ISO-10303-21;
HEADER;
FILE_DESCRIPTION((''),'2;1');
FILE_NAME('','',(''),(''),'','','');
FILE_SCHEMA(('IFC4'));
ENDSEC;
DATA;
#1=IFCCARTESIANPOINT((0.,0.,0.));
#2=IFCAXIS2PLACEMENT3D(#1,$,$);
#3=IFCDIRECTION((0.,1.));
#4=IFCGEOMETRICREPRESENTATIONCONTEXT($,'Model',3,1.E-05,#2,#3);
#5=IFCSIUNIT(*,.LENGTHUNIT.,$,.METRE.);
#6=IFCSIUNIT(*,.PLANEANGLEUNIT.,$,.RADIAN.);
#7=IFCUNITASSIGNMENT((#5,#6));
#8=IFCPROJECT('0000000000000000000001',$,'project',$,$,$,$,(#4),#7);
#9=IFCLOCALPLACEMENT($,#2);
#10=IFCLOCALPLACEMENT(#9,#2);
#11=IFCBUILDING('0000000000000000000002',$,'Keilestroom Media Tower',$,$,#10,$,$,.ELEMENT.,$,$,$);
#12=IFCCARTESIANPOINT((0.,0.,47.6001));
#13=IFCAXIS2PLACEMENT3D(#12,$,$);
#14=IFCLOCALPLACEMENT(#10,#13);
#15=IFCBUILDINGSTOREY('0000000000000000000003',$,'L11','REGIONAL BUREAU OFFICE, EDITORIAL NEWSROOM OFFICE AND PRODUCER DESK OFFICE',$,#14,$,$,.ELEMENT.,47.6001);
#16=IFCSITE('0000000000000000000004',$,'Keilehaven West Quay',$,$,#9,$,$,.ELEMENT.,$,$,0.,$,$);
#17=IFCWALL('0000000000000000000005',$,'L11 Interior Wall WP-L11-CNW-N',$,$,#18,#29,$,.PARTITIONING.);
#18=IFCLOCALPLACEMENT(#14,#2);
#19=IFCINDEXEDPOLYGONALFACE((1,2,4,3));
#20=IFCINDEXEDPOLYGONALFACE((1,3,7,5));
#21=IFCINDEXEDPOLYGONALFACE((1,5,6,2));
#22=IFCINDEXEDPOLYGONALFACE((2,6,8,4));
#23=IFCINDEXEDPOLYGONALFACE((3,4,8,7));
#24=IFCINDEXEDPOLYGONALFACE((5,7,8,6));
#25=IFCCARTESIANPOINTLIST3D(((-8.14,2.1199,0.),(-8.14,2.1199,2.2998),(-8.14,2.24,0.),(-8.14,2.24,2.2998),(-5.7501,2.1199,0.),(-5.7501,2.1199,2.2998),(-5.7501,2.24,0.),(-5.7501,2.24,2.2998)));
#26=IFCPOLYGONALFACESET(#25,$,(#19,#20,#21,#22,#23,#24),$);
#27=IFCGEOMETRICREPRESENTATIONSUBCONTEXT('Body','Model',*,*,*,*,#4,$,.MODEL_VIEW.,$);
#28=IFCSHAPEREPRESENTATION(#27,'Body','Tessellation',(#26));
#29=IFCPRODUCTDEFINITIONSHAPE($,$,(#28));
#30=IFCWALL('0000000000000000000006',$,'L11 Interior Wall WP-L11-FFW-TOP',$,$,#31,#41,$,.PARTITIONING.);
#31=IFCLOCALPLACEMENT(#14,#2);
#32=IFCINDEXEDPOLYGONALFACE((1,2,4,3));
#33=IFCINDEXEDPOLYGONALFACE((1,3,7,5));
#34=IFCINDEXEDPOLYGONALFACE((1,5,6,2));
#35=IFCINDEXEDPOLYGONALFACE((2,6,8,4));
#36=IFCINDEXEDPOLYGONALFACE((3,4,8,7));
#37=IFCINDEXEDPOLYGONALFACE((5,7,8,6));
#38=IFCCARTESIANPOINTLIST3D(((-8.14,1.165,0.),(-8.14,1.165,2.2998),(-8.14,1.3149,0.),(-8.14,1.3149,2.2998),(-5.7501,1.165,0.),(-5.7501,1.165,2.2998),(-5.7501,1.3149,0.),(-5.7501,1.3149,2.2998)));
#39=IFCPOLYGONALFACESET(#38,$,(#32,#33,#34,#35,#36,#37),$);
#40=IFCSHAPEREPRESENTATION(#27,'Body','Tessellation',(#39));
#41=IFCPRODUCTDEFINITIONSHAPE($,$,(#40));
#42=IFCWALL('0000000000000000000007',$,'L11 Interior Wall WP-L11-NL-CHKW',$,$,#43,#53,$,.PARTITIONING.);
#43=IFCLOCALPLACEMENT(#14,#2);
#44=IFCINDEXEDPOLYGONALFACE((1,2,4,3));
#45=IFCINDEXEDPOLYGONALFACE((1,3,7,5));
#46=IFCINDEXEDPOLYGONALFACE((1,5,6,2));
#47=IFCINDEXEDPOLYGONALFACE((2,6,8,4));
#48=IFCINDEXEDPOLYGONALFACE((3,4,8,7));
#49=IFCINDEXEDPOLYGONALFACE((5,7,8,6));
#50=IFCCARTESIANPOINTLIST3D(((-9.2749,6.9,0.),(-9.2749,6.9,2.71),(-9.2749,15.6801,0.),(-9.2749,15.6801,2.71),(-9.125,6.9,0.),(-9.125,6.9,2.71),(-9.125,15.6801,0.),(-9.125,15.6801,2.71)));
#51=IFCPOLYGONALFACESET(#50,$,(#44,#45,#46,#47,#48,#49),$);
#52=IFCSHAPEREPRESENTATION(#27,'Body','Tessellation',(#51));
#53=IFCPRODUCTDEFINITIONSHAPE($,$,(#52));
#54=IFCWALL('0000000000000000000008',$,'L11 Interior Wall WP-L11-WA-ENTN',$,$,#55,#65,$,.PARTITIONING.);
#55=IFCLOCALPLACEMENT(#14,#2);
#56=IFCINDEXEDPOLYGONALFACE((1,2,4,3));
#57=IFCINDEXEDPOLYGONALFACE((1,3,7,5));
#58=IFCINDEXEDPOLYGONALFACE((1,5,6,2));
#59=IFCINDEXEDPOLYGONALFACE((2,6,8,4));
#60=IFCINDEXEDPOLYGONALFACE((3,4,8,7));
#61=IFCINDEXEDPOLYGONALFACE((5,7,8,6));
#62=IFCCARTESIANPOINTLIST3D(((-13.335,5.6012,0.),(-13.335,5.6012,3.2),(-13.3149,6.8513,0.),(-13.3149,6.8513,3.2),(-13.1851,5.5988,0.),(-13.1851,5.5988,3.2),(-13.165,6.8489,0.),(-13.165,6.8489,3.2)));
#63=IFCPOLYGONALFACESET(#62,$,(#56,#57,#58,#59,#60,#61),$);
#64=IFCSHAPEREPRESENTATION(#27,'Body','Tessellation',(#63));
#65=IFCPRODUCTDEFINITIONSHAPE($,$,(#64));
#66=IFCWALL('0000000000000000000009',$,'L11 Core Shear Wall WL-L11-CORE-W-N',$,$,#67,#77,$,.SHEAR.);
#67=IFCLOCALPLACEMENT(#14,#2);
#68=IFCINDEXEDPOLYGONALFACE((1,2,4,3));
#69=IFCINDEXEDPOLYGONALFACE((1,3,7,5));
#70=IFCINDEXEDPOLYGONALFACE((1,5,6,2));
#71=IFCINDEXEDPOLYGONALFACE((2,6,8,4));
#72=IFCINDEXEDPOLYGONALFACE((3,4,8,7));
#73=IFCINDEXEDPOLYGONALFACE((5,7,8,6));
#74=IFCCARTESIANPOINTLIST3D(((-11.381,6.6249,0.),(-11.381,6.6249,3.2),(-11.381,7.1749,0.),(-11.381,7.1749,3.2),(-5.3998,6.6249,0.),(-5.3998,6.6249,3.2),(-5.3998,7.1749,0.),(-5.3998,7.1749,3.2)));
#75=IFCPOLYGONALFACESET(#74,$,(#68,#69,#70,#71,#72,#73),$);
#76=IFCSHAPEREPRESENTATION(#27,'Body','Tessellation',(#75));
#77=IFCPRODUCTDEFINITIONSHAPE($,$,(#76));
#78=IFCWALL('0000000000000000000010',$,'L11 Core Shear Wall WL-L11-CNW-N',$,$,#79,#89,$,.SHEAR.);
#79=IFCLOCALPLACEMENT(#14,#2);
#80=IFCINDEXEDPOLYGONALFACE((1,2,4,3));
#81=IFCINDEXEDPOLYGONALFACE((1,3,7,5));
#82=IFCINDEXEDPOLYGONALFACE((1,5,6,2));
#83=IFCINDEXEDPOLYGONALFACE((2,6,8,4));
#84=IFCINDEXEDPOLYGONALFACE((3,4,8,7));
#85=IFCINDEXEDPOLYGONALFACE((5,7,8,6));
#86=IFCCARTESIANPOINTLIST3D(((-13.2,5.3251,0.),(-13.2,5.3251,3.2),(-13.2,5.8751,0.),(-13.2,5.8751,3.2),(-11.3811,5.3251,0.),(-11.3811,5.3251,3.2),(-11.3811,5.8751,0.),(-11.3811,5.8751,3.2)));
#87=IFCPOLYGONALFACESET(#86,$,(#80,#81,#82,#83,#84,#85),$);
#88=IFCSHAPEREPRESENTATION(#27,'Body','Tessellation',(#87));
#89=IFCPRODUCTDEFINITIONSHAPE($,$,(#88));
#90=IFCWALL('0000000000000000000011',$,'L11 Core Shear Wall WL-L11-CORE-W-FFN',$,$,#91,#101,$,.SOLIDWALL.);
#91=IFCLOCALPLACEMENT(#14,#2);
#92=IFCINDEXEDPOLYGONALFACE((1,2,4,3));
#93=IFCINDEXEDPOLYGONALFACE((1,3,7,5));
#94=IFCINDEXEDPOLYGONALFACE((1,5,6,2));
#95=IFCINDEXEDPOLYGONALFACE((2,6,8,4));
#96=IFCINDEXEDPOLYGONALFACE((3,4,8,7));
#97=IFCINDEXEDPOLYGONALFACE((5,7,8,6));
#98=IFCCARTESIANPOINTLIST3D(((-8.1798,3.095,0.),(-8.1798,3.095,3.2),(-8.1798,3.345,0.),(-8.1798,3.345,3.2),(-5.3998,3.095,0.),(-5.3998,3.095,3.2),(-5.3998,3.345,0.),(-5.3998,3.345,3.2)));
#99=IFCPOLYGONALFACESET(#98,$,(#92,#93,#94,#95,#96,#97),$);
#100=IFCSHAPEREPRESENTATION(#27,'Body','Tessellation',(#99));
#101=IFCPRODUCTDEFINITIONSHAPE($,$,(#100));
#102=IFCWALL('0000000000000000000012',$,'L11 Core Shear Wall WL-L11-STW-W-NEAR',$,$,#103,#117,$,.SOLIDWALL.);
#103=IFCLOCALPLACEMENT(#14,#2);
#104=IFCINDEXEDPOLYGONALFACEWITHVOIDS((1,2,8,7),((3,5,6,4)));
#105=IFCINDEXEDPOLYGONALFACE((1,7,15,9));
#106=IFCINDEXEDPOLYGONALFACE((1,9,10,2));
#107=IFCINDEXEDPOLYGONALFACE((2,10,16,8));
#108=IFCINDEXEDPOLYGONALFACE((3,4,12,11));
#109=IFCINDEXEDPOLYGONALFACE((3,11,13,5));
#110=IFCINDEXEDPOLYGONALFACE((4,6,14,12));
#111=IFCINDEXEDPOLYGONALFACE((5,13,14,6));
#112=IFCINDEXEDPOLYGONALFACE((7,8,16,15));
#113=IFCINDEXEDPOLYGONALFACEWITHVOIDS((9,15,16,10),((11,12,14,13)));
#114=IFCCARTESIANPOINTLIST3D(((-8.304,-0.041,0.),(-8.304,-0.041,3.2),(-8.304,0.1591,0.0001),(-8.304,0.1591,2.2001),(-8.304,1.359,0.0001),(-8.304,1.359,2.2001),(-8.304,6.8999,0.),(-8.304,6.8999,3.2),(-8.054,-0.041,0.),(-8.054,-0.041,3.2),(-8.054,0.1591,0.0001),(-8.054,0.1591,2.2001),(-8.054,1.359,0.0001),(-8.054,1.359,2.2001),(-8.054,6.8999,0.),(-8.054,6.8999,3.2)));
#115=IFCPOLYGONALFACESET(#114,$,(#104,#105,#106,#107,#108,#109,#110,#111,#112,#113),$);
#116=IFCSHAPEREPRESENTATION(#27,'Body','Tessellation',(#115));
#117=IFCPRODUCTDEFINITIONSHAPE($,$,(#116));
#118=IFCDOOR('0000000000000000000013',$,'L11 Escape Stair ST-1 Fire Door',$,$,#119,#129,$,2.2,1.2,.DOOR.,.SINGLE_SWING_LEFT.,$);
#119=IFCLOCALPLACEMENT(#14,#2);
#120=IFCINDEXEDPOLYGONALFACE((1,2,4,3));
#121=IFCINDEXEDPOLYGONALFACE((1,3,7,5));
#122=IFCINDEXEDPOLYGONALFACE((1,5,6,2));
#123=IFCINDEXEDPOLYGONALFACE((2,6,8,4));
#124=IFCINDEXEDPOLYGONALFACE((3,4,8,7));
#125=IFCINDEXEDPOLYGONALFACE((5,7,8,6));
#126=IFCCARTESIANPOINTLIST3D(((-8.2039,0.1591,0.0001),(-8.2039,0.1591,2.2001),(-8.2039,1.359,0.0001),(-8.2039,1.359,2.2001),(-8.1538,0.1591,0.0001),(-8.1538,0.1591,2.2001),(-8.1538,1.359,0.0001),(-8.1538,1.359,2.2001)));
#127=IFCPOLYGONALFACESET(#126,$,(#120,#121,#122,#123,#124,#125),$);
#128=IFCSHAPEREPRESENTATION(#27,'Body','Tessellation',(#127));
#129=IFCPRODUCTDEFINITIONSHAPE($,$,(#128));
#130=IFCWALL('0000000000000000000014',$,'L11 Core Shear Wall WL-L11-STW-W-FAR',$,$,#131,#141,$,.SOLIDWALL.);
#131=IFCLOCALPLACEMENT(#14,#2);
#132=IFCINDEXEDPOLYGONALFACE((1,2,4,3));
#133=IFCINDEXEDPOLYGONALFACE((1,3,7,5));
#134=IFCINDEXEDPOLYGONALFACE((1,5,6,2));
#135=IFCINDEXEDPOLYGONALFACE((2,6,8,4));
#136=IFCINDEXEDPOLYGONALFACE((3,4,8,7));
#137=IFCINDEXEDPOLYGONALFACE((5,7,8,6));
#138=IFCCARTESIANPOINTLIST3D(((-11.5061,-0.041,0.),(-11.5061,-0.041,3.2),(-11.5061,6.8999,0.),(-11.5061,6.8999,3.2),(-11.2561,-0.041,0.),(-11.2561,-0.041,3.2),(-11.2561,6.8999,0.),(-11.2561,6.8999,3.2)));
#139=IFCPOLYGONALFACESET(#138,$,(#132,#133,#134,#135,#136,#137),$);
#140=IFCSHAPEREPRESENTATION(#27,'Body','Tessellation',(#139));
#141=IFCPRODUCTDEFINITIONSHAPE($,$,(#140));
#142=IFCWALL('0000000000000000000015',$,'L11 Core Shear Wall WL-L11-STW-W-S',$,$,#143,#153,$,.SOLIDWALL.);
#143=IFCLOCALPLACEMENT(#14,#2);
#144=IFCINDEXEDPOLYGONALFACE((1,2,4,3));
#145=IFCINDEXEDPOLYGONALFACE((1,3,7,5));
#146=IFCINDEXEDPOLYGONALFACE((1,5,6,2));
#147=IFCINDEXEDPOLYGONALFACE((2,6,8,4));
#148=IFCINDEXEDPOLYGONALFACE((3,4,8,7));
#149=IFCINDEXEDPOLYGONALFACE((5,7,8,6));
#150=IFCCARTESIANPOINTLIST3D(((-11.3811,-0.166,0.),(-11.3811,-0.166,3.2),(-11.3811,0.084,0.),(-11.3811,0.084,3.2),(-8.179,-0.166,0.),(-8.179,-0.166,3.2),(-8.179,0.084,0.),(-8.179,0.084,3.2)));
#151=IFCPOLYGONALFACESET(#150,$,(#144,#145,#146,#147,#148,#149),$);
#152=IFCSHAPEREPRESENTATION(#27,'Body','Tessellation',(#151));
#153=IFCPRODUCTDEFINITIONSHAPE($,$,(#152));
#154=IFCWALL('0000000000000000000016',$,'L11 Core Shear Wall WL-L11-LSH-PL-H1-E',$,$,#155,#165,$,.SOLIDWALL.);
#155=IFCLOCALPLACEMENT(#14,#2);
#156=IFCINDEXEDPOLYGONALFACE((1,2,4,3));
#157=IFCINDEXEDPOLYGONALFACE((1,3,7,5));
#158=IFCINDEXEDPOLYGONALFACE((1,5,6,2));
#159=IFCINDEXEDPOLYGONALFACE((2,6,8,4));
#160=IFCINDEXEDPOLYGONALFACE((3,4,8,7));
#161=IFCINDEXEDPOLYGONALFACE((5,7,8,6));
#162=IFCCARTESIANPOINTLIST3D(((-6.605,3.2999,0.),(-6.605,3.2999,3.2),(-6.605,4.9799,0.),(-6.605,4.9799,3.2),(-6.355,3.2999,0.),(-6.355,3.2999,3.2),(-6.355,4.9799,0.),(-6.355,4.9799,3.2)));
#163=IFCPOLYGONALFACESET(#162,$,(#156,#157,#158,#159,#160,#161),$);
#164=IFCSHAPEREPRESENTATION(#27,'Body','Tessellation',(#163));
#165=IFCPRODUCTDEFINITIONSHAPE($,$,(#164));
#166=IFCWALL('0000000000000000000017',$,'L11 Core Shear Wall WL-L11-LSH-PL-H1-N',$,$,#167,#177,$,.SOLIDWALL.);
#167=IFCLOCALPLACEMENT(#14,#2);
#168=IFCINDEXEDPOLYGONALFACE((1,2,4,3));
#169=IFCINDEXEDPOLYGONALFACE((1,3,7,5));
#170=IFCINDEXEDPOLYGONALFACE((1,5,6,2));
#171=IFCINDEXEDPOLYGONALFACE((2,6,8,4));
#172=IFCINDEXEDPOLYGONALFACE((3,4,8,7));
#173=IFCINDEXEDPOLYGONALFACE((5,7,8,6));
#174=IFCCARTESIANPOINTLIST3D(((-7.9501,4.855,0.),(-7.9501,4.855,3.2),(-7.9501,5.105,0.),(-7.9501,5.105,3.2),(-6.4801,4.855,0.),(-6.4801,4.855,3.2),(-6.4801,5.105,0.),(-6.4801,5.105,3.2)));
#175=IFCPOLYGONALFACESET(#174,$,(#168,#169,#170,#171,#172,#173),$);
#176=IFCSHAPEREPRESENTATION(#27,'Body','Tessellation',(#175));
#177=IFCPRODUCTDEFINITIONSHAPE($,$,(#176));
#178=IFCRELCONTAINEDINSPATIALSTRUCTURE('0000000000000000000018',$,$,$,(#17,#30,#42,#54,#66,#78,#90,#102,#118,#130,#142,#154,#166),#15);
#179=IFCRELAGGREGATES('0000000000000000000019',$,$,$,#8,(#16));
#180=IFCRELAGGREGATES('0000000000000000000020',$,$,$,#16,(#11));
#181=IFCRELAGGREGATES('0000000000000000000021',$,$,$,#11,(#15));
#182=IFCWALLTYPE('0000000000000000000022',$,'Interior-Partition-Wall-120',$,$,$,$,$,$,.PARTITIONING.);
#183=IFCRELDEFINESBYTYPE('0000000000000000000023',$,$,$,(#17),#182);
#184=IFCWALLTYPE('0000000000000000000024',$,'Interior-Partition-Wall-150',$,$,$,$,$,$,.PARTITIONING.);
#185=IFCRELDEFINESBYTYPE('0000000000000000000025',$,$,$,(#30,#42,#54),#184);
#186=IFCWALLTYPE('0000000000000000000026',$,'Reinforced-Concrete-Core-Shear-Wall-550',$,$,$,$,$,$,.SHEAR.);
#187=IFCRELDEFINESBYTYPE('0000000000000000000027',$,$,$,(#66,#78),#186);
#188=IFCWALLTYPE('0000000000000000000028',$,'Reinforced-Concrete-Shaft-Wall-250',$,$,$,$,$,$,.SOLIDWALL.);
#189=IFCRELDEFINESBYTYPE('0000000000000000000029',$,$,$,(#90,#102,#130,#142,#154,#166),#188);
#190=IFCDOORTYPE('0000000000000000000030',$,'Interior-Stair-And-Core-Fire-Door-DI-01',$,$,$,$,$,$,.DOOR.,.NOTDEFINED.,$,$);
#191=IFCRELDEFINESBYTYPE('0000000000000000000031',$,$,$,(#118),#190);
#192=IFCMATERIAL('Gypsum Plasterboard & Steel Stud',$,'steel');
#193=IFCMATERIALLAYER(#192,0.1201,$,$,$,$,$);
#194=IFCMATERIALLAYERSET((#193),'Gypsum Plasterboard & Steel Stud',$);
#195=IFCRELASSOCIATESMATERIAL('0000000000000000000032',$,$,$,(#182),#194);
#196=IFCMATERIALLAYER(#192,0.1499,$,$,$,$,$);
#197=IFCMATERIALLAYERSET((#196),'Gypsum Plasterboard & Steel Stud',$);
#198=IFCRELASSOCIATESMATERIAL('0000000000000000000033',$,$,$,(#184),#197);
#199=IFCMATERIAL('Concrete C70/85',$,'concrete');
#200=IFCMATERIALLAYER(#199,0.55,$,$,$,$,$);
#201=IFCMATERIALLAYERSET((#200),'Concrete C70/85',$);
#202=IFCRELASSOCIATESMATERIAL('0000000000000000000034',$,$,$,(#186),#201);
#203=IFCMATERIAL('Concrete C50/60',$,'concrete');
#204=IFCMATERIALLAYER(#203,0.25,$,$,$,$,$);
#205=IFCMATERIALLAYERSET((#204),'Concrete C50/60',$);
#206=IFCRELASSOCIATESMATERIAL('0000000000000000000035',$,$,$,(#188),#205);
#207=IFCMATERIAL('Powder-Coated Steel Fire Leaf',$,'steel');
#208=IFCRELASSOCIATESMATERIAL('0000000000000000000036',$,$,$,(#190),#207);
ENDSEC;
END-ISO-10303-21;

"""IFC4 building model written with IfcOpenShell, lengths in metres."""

from ifc_helpers import new_model, si_unit, direction, frame, frame_2d, origin, place, context, subcontext, project, spatial, rectangle, extrude, source, transform, mapped, material, layer, layer_set, type_object, element, fill, save


model = new_model("IFC4")

# Units and contexts
model_context = context("Model", 3, precision=1e-05, world=origin(), true_north=direction((0.0, 1.0)))
body_context = subcontext(model_context, "Body", "Model", "MODEL_VIEW")
ifc_project = project(units=[si_unit("LENGTHUNIT", "METRE"), si_unit("PLANEANGLEUNIT", "RADIAN")], contexts=[model_context])

# Site, building, storey
site_placement = place(None, origin())
site = spatial("IfcSite", under=ifc_project, at=site_placement, Name="Keilehaven West Quay", CompositionType="ELEMENT", RefElevation=0.0)
building_placement = place(site_placement, origin())
building = spatial("IfcBuilding", under=site, at=building_placement, Name="Keilestroom Media Tower", CompositionType="ELEMENT")
storey_placement = place(building_placement, frame((0.0, 0.0, 47.6001)))
storey = spatial("IfcBuildingStorey", under=building, at=storey_placement, Name="L11", Description="REGIONAL BUREAU OFFICE, EDITORIAL NEWSROOM OFFICE AND PRODUCER DESK OFFICE", CompositionType="ELEMENT", Elevation=47.6001)

# Shared definitions
ifc_material_1 = material(Name="Concrete C50/60", Category="concrete")

# Walls
ifc_material_2 = material(Name="Gypsum Plasterboard & Steel Stud", Category="steel")
ifc_layer_1 = layer(ifc_material_2, 0.1201)
ifc_layer_set_1 = layer_set([ifc_layer_1], Name="Gypsum Plasterboard & Steel Stud")
wall_type_1 = type_object("IfcWallType", Name="Interior-Partition-Wall-120", PredefinedType="PARTITIONING", material=ifc_layer_set_1)
wall_1_placement = place(storey_placement, frame((-8.1399, 2.1799, 0.0), z_axis=(0.0, 0.0, 1.0), x_axis=(1.0, 0.0, 0.0)))
element("IfcWall", 1, at=wall_1_placement, inside=storey, type_object=wall_type_1, Name="L11 Interior Wall WP-L11-CNW-N", PredefinedType="PARTITIONING", context=body_context, shape_type="SweptSolid", body=[
    extrude(rectangle(XDim=2.3899, YDim=0.1201, at=frame_2d((1.1948, 0.0))), origin(), (0.0, 0.0, 1.0), 2.2998),
])
ifc_layer_2 = layer(ifc_material_2, 0.1499)
ifc_layer_set_2 = layer_set([ifc_layer_2], Name="Gypsum Plasterboard & Steel Stud")
wall_type_2 = type_object("IfcWallType", Name="Interior-Partition-Wall-150", PredefinedType="PARTITIONING", material=ifc_layer_set_2)
wall_2_placement = place(storey_placement, frame((-8.1399, 1.24, 0.0), z_axis=(0.0, 0.0, 1.0), x_axis=(1.0, 0.0, 0.0)))
element("IfcWall", 2, at=wall_2_placement, inside=storey, type_object=wall_type_2, Name="L11 Interior Wall WP-L11-FFW-TOP", PredefinedType="PARTITIONING", context=body_context, shape_type="SweptSolid", body=[
    extrude(rectangle(XDim=2.3899, YDim=0.1499, at=frame_2d((1.1948, 0.0))), origin(), (0.0, 0.0, 1.0), 2.2998),
])
wall_3_placement = place(storey_placement, frame((-9.2, 6.8999, 0.0), z_axis=(0.0, 0.0, 1.0), x_axis=(0.0, 1.0, 0.0)))
element("IfcWall", 3, at=wall_3_placement, inside=storey, type_object=wall_type_2, Name="L11 Interior Wall WP-L11-NL-CHKW", PredefinedType="PARTITIONING", context=body_context, shape_type="SweptSolid", body=[
    extrude(rectangle(XDim=8.78, YDim=0.1499, at=frame_2d((4.3901, 0.0))), origin(), (0.0, 0.0, 1.0), 2.71),
])
wall_4_placement = place(storey_placement, frame((-13.26, 5.6001, 0.0), z_axis=(0.0, 0.0, 1.0), x_axis=(0.016014, 0.999872, 0.0)))
element("IfcWall", 4, at=wall_4_placement, inside=storey, type_object=wall_type_2, Name="L11 Interior Wall WP-L11-WA-ENTN", PredefinedType="PARTITIONING", context=body_context, shape_type="SweptSolid", body=[
    extrude(rectangle(XDim=1.2502, YDim=0.1499, at=frame_2d((0.625, 0.0))), origin(), (0.0, 0.0, 1.0), 3.2),
])
ifc_material_3 = material(Name="Concrete C70/85", Category="concrete")
ifc_layer_3 = layer(ifc_material_3, 0.55)
ifc_layer_set_3 = layer_set([ifc_layer_3], Name="Concrete C70/85")
wall_type_3 = type_object("IfcWallType", Name="Reinforced-Concrete-Core-Shear-Wall-550", PredefinedType="SHEAR", material=ifc_layer_set_3)
wall_5_placement = place(storey_placement, frame((-11.3811, 6.8999, 0.0), z_axis=(0.0, 0.0, 1.0), x_axis=(1.0, 0.0, 0.0)))
element("IfcWall", 5, at=wall_5_placement, inside=storey, type_object=wall_type_3, Name="L11 Core Shear Wall WL-L11-CORE-W-N", PredefinedType="SHEAR", context=body_context, shape_type="SweptSolid", body=[
    extrude(rectangle(XDim=5.9812, YDim=0.55, at=frame_2d((2.9907, 0.0))), origin(), (0.0, 0.0, 1.0), 3.2),
])
wall_6_placement = place(storey_placement, frame((-13.2, 5.6001, 0.0), z_axis=(0.0, 0.0, 1.0), x_axis=(1.0, 0.0, 0.0)))
element("IfcWall", 6, at=wall_6_placement, inside=storey, type_object=wall_type_3, Name="L11 Core Shear Wall WL-L11-CNW-N", PredefinedType="SHEAR", context=body_context, shape_type="SweptSolid", body=[
    extrude(rectangle(XDim=1.8188, YDim=0.55, at=frame_2d((0.9094, 0.0))), origin(), (0.0, 0.0, 1.0), 3.2),
])
ifc_layer_4 = layer(ifc_material_1, 0.25)
ifc_layer_set_4 = layer_set([ifc_layer_4], Name="Concrete C50/60")
wall_type_4 = type_object("IfcWallType", Name="Reinforced-Concrete-Shaft-Wall-250", PredefinedType="SOLIDWALL", material=ifc_layer_set_4)
wall_7_placement = place(storey_placement, frame((-8.1799, 3.22, 0.0), z_axis=(0.0, 0.0, 1.0), x_axis=(1.0, 0.0, 0.0)))
element("IfcWall", 7, at=wall_7_placement, inside=storey, type_object=wall_type_4, Name="L11 Core Shear Wall WL-L11-CORE-W-FFN", PredefinedType="SOLIDWALL", context=body_context, shape_type="SweptSolid", body=[
    extrude(rectangle(XDim=2.78, YDim=0.25, at=frame_2d((1.3901, 0.0))), origin(), (0.0, 0.0, 1.0), 3.2),
])

# Wall, opening, door
wall_8_placement = place(storey_placement, frame((-8.179, -0.041, 0.0), z_axis=(0.0, 0.0, 1.0), x_axis=(0.0, 1.0, 0.0)))
wall_8 = element("IfcWall", 8, at=wall_8_placement, inside=storey, type_object=wall_type_4, Name="L11 Core Shear Wall WL-L11-STW-W-NEAR", PredefinedType="SOLIDWALL", context=body_context, shape_type="SweptSolid", body=[
    extrude(rectangle(XDim=6.9409, YDim=0.25, at=frame_2d((3.4705, 0.0))), origin(), (0.0, 0.0, 1.0), 3.2),
])
opening_placement = place(wall_8_placement, frame((0.2, 0.0, 0.0)))
opening = element("IfcOpeningElement", 9, at=opening_placement, cuts=wall_8, PredefinedType="OPENING", context=body_context, shape_type="SweptSolid", body=[
    extrude(rectangle(XDim=1.2, YDim=2.2, at=frame_2d((0.6001, 1.1001))), frame((0.0, 0.135, 0.0), z_axis=(0.0, -1.0, 0.0), x_axis=(1.0, 0.0, 0.0)), (0.0, 0.0, 1.0), 0.27),
])
ifc_material_4 = material(Name="Powder-Coated Steel Fire Leaf", Category="steel")
door_type = type_object("IfcDoorType", Name="Interior-Stair-And-Core-Fire-Door-DI-01", OperationType="NOTDEFINED", PredefinedType="DOOR", material=ifc_material_4)
shared_shape_1 = source(origin(), body_context, "Body", "SweptSolid", [
    extrude(rectangle(XDim=1.2, YDim=2.2, at=frame_2d((0.6001, 1.1001))), frame((0.0, 0.0249, 0.0), z_axis=(0.0, -1.0, 0.0), x_axis=(1.0, 0.0, 0.0)), (0.0, 0.0, 1.0), 0.05),
])
door_placement = place(opening_placement, origin())
door = element("IfcDoor", 10, at=door_placement, inside=storey, type_object=door_type, Name="L11 Escape Stair ST-1 Fire Door", OperationType="SINGLE_SWING_LEFT", OverallHeight=2.2, OverallWidth=1.2, PredefinedType="DOOR", context=body_context, shape_type="MappedRepresentation", body=[
    mapped(shared_shape_1, transform((0.0, 0.0, 0.0), x_axis=(1.0, 0.0, 0.0), y_axis=(0.0, 1.0, 0.0), z_axis=(0.0, 0.0, 1.0), scale=1.0)),
])
fill(opening, door)

# Walls
wall_9_placement = place(storey_placement, frame((-11.3811, -0.041, 0.0), z_axis=(0.0, 0.0, 1.0), x_axis=(0.0, 1.0, 0.0)))
element("IfcWall", 11, at=wall_9_placement, inside=storey, type_object=wall_type_4, Name="L11 Core Shear Wall WL-L11-STW-W-FAR", PredefinedType="SOLIDWALL", context=body_context, shape_type="SweptSolid", body=[
    extrude(rectangle(XDim=6.9409, YDim=0.25, at=frame_2d((3.4705, 0.0))), origin(), (0.0, 0.0, 1.0), 3.2),
])
wall_10_placement = place(storey_placement, frame((-11.3811, -0.041, 0.0), z_axis=(0.0, 0.0, 1.0), x_axis=(1.0, 0.0, 0.0)))
element("IfcWall", 12, at=wall_10_placement, inside=storey, type_object=wall_type_4, Name="L11 Core Shear Wall WL-L11-STW-W-S", PredefinedType="SOLIDWALL", context=body_context, shape_type="SweptSolid", body=[
    extrude(rectangle(XDim=3.2021, YDim=0.25, at=frame_2d((1.6011, 0.0))), origin(), (0.0, 0.0, 1.0), 3.2),
])
wall_11_placement = place(storey_placement, frame((-6.48, 3.3, 0.0), z_axis=(0.0, 0.0, 1.0), x_axis=(0.0, 1.0, 0.0)))
element("IfcWall", 13, at=wall_11_placement, inside=storey, type_object=wall_type_4, Name="L11 Core Shear Wall WL-L11-LSH-PL-H1-E", PredefinedType="SOLIDWALL", context=body_context, shape_type="SweptSolid", body=[
    extrude(rectangle(XDim=1.6799, YDim=0.25, at=frame_2d((0.8398, 0.0))), origin(), (0.0, 0.0, 1.0), 3.2),
])
wall_12_placement = place(storey_placement, frame((-7.95, 4.98, 0.0), z_axis=(0.0, 0.0, 1.0), x_axis=(1.0, 0.0, 0.0)))
element("IfcWall", 14, at=wall_12_placement, inside=storey, type_object=wall_type_4, Name="L11 Core Shear Wall WL-L11-LSH-PL-H1-N", PredefinedType="SOLIDWALL", context=body_context, shape_type="SweptSolid", body=[
    extrude(rectangle(XDim=1.47, YDim=0.25, at=frame_2d((0.7349, 0.0))), origin(), (0.0, 0.0, 1.0), 3.2),
])

save(model, "model.ifc")
